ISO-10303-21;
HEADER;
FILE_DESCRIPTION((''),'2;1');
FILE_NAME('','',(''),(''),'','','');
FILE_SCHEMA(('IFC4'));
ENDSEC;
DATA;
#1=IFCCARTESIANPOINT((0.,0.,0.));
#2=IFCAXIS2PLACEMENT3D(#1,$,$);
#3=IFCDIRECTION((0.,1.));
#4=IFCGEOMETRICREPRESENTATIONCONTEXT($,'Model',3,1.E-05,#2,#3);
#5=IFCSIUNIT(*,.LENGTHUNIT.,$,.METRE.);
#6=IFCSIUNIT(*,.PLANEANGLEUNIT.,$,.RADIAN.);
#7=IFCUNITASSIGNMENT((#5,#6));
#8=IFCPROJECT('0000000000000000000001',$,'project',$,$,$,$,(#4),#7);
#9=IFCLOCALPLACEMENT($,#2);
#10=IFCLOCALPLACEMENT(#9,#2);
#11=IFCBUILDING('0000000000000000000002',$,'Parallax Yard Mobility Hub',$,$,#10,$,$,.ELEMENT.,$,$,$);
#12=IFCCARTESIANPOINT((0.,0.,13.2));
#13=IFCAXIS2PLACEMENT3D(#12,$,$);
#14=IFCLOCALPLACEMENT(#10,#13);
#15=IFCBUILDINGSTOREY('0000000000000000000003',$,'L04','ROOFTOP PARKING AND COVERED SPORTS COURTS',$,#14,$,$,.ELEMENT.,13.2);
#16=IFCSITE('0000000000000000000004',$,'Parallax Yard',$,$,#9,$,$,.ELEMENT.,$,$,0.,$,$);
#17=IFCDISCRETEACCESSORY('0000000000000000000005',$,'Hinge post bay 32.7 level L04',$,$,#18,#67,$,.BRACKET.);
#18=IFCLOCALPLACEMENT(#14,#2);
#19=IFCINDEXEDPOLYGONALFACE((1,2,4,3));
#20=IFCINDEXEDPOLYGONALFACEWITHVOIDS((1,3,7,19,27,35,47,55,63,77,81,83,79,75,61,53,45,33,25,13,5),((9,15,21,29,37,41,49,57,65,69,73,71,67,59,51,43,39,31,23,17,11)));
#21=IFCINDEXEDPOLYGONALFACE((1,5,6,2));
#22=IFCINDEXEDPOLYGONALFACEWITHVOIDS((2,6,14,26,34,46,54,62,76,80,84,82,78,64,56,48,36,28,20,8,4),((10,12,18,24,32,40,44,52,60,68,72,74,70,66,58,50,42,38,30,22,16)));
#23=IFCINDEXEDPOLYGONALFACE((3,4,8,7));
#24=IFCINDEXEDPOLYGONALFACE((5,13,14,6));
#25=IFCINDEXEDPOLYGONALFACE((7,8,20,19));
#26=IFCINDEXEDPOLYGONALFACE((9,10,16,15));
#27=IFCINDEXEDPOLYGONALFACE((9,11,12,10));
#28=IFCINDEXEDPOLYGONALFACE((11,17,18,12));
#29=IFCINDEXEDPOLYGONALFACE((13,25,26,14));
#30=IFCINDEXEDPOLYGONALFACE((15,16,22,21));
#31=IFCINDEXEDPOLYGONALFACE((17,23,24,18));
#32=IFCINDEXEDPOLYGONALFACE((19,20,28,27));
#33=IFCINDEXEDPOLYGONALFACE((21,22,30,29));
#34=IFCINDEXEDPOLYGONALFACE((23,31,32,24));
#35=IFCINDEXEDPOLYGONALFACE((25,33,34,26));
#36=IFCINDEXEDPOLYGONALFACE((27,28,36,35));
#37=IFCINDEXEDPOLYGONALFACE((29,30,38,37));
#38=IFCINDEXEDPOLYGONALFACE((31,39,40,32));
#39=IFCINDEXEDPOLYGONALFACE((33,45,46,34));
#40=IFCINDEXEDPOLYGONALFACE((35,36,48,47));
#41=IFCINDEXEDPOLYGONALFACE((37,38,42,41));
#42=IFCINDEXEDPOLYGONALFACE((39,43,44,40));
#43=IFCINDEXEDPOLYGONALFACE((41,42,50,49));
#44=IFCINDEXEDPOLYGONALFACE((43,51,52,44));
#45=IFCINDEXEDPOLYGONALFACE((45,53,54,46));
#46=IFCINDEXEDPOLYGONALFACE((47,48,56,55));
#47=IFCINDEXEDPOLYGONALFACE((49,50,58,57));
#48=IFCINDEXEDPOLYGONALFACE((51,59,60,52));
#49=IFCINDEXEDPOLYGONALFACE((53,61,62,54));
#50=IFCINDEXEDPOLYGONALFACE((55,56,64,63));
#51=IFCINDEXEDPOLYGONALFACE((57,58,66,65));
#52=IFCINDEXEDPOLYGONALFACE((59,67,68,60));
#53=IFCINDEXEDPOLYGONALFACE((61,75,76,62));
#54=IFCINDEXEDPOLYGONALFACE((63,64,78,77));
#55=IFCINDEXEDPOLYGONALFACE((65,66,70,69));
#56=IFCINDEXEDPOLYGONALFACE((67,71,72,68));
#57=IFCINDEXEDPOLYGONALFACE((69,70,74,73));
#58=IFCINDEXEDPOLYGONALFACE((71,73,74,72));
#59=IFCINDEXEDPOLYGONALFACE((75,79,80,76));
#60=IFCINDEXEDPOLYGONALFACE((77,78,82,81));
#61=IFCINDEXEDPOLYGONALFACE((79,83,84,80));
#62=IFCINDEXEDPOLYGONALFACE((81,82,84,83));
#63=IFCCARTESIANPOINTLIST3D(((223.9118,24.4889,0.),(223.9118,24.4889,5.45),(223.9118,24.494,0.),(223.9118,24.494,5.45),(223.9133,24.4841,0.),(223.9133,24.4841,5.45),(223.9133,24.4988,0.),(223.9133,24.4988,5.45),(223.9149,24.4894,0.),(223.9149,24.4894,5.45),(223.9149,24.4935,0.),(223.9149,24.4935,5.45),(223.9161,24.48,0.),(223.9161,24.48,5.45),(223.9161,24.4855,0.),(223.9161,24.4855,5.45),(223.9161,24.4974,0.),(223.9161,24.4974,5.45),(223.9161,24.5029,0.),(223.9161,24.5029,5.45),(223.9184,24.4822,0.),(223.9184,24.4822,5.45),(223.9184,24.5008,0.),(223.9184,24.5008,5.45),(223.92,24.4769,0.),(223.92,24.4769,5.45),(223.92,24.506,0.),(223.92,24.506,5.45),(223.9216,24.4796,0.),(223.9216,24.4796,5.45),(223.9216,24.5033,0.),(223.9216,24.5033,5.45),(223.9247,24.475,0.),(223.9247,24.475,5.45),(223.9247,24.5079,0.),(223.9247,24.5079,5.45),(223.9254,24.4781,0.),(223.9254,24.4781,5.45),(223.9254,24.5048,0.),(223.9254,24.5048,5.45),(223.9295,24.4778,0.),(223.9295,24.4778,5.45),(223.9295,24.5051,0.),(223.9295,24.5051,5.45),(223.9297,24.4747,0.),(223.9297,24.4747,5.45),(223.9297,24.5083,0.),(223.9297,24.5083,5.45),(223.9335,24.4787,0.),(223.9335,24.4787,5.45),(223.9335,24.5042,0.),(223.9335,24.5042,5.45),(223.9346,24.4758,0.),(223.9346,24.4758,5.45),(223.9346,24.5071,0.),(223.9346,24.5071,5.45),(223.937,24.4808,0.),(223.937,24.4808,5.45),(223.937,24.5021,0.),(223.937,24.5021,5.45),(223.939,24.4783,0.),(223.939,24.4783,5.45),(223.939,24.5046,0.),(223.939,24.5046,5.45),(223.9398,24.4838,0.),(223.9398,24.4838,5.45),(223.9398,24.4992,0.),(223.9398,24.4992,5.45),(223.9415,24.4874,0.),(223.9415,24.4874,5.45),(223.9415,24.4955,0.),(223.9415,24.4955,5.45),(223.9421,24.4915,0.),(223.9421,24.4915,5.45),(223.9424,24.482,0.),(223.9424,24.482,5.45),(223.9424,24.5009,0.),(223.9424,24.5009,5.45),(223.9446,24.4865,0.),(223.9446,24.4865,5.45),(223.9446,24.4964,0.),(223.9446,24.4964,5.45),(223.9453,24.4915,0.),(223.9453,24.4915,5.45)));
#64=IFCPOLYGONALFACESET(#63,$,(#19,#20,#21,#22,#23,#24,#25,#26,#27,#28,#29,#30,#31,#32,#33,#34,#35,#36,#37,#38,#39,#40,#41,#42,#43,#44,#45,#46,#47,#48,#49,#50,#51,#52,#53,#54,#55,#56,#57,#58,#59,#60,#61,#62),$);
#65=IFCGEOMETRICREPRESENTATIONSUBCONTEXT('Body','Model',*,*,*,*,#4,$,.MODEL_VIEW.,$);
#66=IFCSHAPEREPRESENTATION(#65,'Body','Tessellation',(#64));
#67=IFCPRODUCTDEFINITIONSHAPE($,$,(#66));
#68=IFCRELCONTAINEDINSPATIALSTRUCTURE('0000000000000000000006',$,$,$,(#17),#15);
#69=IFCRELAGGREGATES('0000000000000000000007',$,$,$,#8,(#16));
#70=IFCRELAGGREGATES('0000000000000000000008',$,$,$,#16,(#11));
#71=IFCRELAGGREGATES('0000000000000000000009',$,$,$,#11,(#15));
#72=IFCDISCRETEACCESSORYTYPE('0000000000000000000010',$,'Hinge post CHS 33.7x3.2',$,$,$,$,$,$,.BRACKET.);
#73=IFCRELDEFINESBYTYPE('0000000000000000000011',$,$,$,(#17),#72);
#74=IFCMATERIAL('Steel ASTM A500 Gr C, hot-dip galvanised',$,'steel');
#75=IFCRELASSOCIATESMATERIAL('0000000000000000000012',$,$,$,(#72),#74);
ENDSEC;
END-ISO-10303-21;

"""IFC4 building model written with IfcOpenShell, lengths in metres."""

from ifc_helpers import new_model, si_unit, direction, frame, origin, origin_2d, place, context, subcontext, project, spatial, hollow_circle, extrude, material, material_profile, profile_set, type_object, element, save


model = new_model("IFC4")

# Units and contexts
model_context = context("Model", 3, precision=1e-05, world=origin(), true_north=direction((0.0, 1.0)))
body_context = subcontext(model_context, "Body", "Model", "MODEL_VIEW")
ifc_project = project(units=[si_unit("LENGTHUNIT", "METRE"), si_unit("PLANEANGLEUNIT", "RADIAN")], contexts=[model_context])

# Site, building, storey
site_placement = place(None, origin())
site = spatial("IfcSite", under=ifc_project, at=site_placement, Name="Parallax Yard", CompositionType="ELEMENT", RefElevation=0.0)
building_placement = place(site_placement, origin())
building = spatial("IfcBuilding", under=site, at=building_placement, Name="Parallax Yard Mobility Hub", CompositionType="ELEMENT")
storey_placement = place(building_placement, frame((0.0, 0.0, 13.2)))
storey = spatial("IfcBuildingStorey", under=building, at=storey_placement, Name="L04", Description="ROOFTOP PARKING AND COVERED SPORTS COURTS", CompositionType="ELEMENT", Elevation=13.2)

# Discrete accessory
ifc_material_1 = material(Name="Steel ASTM A500 Gr C, hot-dip galvanised", Category="steel")
ifc_material_profile_1 = material_profile(ifc_material_1, hollow_circle(Radius=0.0168, WallThickness=0.0032, at=origin_2d()), Name="CHS 33.7x3.2")
ifc_profile_set_1 = profile_set([ifc_material_profile_1], Name="Steel ASTM A500 Gr C, hot-dip galvanised")
discrete_accessory_type_1 = type_object("IfcDiscreteAccessoryType", Name="Hinge post CHS 33.7x3.2", PredefinedType="BRACKET", material=ifc_profile_set_1)
discrete_accessory_1_placement = place(storey_placement, frame((223.9285, 24.4915, 0.0), z_axis=(0.0, 0.0, 1.0), x_axis=(1.0, 0.0, 0.0)))
element("IfcDiscreteAccessory", 1, at=discrete_accessory_1_placement, inside=storey, type_object=discrete_accessory_type_1, Name="Hinge post bay 32.7 level L04", PredefinedType="BRACKET", context=body_context, shape_type="SweptSolid", body=[
    extrude(hollow_circle(Radius=0.0168, WallThickness=0.0032, at=origin_2d()), origin(), (0.0, 0.0, 1.0), 5.45),
])

save(model, "model.ifc")
